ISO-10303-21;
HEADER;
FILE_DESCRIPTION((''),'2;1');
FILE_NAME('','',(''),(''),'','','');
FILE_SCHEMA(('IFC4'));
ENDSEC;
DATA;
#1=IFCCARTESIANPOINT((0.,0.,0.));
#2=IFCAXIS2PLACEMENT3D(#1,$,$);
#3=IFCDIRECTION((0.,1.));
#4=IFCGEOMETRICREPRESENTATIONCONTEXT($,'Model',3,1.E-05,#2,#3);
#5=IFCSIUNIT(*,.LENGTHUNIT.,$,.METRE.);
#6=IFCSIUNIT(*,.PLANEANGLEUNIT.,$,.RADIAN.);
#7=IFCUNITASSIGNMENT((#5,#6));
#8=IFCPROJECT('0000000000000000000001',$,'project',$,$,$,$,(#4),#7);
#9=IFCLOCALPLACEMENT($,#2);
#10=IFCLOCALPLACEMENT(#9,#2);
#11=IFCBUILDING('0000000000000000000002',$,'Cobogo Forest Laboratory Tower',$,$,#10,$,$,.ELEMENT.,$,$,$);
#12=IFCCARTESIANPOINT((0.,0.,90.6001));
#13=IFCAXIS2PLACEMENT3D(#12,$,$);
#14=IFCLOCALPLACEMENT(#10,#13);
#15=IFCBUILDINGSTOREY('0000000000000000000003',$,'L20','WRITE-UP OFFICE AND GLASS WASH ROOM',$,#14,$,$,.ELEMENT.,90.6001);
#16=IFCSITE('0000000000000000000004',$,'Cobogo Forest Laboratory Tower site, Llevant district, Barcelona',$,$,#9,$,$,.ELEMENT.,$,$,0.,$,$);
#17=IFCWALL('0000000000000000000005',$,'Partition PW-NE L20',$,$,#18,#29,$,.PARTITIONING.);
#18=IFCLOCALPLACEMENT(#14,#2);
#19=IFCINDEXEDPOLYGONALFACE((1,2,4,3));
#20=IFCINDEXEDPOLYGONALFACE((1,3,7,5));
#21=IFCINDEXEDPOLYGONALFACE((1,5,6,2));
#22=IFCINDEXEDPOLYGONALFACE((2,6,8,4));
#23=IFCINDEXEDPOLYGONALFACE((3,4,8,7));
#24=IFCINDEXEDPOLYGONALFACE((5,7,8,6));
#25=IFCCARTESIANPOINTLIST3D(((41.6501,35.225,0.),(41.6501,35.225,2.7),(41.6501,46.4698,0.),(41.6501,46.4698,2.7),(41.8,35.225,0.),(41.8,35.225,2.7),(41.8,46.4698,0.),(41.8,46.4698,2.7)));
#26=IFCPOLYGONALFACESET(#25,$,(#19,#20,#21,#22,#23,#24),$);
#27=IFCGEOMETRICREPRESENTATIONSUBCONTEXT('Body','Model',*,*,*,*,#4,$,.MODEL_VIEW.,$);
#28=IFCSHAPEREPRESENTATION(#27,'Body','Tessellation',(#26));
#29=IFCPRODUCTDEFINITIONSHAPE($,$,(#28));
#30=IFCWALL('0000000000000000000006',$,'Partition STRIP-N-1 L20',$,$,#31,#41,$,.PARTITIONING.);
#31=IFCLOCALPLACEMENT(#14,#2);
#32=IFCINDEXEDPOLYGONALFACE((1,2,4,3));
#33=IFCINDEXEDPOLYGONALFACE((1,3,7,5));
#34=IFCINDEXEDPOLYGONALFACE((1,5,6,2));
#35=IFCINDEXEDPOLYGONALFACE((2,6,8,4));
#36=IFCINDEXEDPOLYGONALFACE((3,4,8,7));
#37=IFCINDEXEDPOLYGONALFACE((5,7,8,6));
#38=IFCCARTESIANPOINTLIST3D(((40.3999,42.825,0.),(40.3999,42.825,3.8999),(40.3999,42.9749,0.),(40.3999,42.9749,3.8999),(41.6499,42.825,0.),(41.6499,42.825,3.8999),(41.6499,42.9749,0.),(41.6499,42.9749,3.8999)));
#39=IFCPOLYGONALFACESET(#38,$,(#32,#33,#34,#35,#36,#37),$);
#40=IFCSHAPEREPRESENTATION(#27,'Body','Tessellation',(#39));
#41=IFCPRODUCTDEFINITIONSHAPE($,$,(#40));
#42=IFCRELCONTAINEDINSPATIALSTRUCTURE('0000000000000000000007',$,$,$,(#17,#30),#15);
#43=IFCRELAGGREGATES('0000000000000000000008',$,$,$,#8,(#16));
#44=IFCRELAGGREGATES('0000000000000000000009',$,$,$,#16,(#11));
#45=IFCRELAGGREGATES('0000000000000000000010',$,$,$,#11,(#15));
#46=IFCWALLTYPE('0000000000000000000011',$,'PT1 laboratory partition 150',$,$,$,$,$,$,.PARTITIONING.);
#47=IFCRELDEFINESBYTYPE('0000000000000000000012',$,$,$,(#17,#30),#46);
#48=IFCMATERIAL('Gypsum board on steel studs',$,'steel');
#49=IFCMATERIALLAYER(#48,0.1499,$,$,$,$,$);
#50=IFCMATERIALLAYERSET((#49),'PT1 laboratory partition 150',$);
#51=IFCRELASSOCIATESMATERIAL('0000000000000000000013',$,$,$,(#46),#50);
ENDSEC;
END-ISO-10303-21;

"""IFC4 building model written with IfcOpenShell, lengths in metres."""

from ifc_helpers import new_model, si_unit, direction, frame, frame_2d, origin, place, context, subcontext, project, spatial, rectangle, extrude, material, layer, layer_set, type_object, element, save


model = new_model("IFC4")

# Units and contexts
model_context = context("Model", 3, precision=1e-05, world=origin(), true_north=direction((0.0, 1.0)))
body_context = subcontext(model_context, "Body", "Model", "MODEL_VIEW")
ifc_project = project(units=[si_unit("LENGTHUNIT", "METRE"), si_unit("PLANEANGLEUNIT", "RADIAN")], contexts=[model_context])

# Site, building, storey
site_placement = place(None, origin())
site = spatial("IfcSite", under=ifc_project, at=site_placement, Name="Cobogo Forest Laboratory Tower site, Llevant district, Barcelona", CompositionType="ELEMENT", RefElevation=0.0)
building_placement = place(site_placement, origin())
building = spatial("IfcBuilding", under=site, at=building_placement, Name="Cobogo Forest Laboratory Tower", CompositionType="ELEMENT")
storey_placement = place(building_placement, frame((0.0, 0.0, 90.6001)))
storey = spatial("IfcBuildingStorey", under=building, at=storey_placement, Name="L20", Description="WRITE-UP OFFICE AND GLASS WASH ROOM", CompositionType="ELEMENT", Elevation=90.6001)

# Walls
ifc_material_1 = material(Name="Gypsum board on steel studs", Category="steel")
ifc_layer_1 = layer(ifc_material_1, 0.1499)
ifc_layer_set_1 = layer_set([ifc_layer_1], Name="PT1 laboratory partition 150")
wall_type = type_object("IfcWallType", Name="PT1 laboratory partition 150", PredefinedType="PARTITIONING", material=ifc_layer_set_1)
wall_1_placement = place(storey_placement, frame((41.7251, 46.47, 0.0), z_axis=(0.0, 0.0, 1.0), x_axis=(0.0, -1.0, 0.0)))
element("IfcWall", 1, at=wall_1_placement, inside=storey, type_object=wall_type, Name="Partition PW-NE L20", PredefinedType="PARTITIONING", context=body_context, shape_type="SweptSolid", body=[
    extrude(rectangle(XDim=11.2449, YDim=0.1499, at=frame_2d((5.6226, 0.0))), origin(), (0.0, 0.0, 1.0), 2.7),
])
wall_2_placement = place(storey_placement, frame((41.6499, 42.8999, 0.0), z_axis=(0.0, 0.0, 1.0), x_axis=(-1.0, 0.0, 0.0)))
element("IfcWall", 2, at=wall_2_placement, inside=storey, type_object=wall_type, Name="Partition STRIP-N-1 L20", PredefinedType="PARTITIONING", context=body_context, shape_type="SweptSolid", body=[
    extrude(rectangle(XDim=1.25, YDim=0.1499, at=frame_2d((0.625, 0.0))), origin(), (0.0, 0.0, 1.0), 3.8999),
])

save(model, "model.ifc")
